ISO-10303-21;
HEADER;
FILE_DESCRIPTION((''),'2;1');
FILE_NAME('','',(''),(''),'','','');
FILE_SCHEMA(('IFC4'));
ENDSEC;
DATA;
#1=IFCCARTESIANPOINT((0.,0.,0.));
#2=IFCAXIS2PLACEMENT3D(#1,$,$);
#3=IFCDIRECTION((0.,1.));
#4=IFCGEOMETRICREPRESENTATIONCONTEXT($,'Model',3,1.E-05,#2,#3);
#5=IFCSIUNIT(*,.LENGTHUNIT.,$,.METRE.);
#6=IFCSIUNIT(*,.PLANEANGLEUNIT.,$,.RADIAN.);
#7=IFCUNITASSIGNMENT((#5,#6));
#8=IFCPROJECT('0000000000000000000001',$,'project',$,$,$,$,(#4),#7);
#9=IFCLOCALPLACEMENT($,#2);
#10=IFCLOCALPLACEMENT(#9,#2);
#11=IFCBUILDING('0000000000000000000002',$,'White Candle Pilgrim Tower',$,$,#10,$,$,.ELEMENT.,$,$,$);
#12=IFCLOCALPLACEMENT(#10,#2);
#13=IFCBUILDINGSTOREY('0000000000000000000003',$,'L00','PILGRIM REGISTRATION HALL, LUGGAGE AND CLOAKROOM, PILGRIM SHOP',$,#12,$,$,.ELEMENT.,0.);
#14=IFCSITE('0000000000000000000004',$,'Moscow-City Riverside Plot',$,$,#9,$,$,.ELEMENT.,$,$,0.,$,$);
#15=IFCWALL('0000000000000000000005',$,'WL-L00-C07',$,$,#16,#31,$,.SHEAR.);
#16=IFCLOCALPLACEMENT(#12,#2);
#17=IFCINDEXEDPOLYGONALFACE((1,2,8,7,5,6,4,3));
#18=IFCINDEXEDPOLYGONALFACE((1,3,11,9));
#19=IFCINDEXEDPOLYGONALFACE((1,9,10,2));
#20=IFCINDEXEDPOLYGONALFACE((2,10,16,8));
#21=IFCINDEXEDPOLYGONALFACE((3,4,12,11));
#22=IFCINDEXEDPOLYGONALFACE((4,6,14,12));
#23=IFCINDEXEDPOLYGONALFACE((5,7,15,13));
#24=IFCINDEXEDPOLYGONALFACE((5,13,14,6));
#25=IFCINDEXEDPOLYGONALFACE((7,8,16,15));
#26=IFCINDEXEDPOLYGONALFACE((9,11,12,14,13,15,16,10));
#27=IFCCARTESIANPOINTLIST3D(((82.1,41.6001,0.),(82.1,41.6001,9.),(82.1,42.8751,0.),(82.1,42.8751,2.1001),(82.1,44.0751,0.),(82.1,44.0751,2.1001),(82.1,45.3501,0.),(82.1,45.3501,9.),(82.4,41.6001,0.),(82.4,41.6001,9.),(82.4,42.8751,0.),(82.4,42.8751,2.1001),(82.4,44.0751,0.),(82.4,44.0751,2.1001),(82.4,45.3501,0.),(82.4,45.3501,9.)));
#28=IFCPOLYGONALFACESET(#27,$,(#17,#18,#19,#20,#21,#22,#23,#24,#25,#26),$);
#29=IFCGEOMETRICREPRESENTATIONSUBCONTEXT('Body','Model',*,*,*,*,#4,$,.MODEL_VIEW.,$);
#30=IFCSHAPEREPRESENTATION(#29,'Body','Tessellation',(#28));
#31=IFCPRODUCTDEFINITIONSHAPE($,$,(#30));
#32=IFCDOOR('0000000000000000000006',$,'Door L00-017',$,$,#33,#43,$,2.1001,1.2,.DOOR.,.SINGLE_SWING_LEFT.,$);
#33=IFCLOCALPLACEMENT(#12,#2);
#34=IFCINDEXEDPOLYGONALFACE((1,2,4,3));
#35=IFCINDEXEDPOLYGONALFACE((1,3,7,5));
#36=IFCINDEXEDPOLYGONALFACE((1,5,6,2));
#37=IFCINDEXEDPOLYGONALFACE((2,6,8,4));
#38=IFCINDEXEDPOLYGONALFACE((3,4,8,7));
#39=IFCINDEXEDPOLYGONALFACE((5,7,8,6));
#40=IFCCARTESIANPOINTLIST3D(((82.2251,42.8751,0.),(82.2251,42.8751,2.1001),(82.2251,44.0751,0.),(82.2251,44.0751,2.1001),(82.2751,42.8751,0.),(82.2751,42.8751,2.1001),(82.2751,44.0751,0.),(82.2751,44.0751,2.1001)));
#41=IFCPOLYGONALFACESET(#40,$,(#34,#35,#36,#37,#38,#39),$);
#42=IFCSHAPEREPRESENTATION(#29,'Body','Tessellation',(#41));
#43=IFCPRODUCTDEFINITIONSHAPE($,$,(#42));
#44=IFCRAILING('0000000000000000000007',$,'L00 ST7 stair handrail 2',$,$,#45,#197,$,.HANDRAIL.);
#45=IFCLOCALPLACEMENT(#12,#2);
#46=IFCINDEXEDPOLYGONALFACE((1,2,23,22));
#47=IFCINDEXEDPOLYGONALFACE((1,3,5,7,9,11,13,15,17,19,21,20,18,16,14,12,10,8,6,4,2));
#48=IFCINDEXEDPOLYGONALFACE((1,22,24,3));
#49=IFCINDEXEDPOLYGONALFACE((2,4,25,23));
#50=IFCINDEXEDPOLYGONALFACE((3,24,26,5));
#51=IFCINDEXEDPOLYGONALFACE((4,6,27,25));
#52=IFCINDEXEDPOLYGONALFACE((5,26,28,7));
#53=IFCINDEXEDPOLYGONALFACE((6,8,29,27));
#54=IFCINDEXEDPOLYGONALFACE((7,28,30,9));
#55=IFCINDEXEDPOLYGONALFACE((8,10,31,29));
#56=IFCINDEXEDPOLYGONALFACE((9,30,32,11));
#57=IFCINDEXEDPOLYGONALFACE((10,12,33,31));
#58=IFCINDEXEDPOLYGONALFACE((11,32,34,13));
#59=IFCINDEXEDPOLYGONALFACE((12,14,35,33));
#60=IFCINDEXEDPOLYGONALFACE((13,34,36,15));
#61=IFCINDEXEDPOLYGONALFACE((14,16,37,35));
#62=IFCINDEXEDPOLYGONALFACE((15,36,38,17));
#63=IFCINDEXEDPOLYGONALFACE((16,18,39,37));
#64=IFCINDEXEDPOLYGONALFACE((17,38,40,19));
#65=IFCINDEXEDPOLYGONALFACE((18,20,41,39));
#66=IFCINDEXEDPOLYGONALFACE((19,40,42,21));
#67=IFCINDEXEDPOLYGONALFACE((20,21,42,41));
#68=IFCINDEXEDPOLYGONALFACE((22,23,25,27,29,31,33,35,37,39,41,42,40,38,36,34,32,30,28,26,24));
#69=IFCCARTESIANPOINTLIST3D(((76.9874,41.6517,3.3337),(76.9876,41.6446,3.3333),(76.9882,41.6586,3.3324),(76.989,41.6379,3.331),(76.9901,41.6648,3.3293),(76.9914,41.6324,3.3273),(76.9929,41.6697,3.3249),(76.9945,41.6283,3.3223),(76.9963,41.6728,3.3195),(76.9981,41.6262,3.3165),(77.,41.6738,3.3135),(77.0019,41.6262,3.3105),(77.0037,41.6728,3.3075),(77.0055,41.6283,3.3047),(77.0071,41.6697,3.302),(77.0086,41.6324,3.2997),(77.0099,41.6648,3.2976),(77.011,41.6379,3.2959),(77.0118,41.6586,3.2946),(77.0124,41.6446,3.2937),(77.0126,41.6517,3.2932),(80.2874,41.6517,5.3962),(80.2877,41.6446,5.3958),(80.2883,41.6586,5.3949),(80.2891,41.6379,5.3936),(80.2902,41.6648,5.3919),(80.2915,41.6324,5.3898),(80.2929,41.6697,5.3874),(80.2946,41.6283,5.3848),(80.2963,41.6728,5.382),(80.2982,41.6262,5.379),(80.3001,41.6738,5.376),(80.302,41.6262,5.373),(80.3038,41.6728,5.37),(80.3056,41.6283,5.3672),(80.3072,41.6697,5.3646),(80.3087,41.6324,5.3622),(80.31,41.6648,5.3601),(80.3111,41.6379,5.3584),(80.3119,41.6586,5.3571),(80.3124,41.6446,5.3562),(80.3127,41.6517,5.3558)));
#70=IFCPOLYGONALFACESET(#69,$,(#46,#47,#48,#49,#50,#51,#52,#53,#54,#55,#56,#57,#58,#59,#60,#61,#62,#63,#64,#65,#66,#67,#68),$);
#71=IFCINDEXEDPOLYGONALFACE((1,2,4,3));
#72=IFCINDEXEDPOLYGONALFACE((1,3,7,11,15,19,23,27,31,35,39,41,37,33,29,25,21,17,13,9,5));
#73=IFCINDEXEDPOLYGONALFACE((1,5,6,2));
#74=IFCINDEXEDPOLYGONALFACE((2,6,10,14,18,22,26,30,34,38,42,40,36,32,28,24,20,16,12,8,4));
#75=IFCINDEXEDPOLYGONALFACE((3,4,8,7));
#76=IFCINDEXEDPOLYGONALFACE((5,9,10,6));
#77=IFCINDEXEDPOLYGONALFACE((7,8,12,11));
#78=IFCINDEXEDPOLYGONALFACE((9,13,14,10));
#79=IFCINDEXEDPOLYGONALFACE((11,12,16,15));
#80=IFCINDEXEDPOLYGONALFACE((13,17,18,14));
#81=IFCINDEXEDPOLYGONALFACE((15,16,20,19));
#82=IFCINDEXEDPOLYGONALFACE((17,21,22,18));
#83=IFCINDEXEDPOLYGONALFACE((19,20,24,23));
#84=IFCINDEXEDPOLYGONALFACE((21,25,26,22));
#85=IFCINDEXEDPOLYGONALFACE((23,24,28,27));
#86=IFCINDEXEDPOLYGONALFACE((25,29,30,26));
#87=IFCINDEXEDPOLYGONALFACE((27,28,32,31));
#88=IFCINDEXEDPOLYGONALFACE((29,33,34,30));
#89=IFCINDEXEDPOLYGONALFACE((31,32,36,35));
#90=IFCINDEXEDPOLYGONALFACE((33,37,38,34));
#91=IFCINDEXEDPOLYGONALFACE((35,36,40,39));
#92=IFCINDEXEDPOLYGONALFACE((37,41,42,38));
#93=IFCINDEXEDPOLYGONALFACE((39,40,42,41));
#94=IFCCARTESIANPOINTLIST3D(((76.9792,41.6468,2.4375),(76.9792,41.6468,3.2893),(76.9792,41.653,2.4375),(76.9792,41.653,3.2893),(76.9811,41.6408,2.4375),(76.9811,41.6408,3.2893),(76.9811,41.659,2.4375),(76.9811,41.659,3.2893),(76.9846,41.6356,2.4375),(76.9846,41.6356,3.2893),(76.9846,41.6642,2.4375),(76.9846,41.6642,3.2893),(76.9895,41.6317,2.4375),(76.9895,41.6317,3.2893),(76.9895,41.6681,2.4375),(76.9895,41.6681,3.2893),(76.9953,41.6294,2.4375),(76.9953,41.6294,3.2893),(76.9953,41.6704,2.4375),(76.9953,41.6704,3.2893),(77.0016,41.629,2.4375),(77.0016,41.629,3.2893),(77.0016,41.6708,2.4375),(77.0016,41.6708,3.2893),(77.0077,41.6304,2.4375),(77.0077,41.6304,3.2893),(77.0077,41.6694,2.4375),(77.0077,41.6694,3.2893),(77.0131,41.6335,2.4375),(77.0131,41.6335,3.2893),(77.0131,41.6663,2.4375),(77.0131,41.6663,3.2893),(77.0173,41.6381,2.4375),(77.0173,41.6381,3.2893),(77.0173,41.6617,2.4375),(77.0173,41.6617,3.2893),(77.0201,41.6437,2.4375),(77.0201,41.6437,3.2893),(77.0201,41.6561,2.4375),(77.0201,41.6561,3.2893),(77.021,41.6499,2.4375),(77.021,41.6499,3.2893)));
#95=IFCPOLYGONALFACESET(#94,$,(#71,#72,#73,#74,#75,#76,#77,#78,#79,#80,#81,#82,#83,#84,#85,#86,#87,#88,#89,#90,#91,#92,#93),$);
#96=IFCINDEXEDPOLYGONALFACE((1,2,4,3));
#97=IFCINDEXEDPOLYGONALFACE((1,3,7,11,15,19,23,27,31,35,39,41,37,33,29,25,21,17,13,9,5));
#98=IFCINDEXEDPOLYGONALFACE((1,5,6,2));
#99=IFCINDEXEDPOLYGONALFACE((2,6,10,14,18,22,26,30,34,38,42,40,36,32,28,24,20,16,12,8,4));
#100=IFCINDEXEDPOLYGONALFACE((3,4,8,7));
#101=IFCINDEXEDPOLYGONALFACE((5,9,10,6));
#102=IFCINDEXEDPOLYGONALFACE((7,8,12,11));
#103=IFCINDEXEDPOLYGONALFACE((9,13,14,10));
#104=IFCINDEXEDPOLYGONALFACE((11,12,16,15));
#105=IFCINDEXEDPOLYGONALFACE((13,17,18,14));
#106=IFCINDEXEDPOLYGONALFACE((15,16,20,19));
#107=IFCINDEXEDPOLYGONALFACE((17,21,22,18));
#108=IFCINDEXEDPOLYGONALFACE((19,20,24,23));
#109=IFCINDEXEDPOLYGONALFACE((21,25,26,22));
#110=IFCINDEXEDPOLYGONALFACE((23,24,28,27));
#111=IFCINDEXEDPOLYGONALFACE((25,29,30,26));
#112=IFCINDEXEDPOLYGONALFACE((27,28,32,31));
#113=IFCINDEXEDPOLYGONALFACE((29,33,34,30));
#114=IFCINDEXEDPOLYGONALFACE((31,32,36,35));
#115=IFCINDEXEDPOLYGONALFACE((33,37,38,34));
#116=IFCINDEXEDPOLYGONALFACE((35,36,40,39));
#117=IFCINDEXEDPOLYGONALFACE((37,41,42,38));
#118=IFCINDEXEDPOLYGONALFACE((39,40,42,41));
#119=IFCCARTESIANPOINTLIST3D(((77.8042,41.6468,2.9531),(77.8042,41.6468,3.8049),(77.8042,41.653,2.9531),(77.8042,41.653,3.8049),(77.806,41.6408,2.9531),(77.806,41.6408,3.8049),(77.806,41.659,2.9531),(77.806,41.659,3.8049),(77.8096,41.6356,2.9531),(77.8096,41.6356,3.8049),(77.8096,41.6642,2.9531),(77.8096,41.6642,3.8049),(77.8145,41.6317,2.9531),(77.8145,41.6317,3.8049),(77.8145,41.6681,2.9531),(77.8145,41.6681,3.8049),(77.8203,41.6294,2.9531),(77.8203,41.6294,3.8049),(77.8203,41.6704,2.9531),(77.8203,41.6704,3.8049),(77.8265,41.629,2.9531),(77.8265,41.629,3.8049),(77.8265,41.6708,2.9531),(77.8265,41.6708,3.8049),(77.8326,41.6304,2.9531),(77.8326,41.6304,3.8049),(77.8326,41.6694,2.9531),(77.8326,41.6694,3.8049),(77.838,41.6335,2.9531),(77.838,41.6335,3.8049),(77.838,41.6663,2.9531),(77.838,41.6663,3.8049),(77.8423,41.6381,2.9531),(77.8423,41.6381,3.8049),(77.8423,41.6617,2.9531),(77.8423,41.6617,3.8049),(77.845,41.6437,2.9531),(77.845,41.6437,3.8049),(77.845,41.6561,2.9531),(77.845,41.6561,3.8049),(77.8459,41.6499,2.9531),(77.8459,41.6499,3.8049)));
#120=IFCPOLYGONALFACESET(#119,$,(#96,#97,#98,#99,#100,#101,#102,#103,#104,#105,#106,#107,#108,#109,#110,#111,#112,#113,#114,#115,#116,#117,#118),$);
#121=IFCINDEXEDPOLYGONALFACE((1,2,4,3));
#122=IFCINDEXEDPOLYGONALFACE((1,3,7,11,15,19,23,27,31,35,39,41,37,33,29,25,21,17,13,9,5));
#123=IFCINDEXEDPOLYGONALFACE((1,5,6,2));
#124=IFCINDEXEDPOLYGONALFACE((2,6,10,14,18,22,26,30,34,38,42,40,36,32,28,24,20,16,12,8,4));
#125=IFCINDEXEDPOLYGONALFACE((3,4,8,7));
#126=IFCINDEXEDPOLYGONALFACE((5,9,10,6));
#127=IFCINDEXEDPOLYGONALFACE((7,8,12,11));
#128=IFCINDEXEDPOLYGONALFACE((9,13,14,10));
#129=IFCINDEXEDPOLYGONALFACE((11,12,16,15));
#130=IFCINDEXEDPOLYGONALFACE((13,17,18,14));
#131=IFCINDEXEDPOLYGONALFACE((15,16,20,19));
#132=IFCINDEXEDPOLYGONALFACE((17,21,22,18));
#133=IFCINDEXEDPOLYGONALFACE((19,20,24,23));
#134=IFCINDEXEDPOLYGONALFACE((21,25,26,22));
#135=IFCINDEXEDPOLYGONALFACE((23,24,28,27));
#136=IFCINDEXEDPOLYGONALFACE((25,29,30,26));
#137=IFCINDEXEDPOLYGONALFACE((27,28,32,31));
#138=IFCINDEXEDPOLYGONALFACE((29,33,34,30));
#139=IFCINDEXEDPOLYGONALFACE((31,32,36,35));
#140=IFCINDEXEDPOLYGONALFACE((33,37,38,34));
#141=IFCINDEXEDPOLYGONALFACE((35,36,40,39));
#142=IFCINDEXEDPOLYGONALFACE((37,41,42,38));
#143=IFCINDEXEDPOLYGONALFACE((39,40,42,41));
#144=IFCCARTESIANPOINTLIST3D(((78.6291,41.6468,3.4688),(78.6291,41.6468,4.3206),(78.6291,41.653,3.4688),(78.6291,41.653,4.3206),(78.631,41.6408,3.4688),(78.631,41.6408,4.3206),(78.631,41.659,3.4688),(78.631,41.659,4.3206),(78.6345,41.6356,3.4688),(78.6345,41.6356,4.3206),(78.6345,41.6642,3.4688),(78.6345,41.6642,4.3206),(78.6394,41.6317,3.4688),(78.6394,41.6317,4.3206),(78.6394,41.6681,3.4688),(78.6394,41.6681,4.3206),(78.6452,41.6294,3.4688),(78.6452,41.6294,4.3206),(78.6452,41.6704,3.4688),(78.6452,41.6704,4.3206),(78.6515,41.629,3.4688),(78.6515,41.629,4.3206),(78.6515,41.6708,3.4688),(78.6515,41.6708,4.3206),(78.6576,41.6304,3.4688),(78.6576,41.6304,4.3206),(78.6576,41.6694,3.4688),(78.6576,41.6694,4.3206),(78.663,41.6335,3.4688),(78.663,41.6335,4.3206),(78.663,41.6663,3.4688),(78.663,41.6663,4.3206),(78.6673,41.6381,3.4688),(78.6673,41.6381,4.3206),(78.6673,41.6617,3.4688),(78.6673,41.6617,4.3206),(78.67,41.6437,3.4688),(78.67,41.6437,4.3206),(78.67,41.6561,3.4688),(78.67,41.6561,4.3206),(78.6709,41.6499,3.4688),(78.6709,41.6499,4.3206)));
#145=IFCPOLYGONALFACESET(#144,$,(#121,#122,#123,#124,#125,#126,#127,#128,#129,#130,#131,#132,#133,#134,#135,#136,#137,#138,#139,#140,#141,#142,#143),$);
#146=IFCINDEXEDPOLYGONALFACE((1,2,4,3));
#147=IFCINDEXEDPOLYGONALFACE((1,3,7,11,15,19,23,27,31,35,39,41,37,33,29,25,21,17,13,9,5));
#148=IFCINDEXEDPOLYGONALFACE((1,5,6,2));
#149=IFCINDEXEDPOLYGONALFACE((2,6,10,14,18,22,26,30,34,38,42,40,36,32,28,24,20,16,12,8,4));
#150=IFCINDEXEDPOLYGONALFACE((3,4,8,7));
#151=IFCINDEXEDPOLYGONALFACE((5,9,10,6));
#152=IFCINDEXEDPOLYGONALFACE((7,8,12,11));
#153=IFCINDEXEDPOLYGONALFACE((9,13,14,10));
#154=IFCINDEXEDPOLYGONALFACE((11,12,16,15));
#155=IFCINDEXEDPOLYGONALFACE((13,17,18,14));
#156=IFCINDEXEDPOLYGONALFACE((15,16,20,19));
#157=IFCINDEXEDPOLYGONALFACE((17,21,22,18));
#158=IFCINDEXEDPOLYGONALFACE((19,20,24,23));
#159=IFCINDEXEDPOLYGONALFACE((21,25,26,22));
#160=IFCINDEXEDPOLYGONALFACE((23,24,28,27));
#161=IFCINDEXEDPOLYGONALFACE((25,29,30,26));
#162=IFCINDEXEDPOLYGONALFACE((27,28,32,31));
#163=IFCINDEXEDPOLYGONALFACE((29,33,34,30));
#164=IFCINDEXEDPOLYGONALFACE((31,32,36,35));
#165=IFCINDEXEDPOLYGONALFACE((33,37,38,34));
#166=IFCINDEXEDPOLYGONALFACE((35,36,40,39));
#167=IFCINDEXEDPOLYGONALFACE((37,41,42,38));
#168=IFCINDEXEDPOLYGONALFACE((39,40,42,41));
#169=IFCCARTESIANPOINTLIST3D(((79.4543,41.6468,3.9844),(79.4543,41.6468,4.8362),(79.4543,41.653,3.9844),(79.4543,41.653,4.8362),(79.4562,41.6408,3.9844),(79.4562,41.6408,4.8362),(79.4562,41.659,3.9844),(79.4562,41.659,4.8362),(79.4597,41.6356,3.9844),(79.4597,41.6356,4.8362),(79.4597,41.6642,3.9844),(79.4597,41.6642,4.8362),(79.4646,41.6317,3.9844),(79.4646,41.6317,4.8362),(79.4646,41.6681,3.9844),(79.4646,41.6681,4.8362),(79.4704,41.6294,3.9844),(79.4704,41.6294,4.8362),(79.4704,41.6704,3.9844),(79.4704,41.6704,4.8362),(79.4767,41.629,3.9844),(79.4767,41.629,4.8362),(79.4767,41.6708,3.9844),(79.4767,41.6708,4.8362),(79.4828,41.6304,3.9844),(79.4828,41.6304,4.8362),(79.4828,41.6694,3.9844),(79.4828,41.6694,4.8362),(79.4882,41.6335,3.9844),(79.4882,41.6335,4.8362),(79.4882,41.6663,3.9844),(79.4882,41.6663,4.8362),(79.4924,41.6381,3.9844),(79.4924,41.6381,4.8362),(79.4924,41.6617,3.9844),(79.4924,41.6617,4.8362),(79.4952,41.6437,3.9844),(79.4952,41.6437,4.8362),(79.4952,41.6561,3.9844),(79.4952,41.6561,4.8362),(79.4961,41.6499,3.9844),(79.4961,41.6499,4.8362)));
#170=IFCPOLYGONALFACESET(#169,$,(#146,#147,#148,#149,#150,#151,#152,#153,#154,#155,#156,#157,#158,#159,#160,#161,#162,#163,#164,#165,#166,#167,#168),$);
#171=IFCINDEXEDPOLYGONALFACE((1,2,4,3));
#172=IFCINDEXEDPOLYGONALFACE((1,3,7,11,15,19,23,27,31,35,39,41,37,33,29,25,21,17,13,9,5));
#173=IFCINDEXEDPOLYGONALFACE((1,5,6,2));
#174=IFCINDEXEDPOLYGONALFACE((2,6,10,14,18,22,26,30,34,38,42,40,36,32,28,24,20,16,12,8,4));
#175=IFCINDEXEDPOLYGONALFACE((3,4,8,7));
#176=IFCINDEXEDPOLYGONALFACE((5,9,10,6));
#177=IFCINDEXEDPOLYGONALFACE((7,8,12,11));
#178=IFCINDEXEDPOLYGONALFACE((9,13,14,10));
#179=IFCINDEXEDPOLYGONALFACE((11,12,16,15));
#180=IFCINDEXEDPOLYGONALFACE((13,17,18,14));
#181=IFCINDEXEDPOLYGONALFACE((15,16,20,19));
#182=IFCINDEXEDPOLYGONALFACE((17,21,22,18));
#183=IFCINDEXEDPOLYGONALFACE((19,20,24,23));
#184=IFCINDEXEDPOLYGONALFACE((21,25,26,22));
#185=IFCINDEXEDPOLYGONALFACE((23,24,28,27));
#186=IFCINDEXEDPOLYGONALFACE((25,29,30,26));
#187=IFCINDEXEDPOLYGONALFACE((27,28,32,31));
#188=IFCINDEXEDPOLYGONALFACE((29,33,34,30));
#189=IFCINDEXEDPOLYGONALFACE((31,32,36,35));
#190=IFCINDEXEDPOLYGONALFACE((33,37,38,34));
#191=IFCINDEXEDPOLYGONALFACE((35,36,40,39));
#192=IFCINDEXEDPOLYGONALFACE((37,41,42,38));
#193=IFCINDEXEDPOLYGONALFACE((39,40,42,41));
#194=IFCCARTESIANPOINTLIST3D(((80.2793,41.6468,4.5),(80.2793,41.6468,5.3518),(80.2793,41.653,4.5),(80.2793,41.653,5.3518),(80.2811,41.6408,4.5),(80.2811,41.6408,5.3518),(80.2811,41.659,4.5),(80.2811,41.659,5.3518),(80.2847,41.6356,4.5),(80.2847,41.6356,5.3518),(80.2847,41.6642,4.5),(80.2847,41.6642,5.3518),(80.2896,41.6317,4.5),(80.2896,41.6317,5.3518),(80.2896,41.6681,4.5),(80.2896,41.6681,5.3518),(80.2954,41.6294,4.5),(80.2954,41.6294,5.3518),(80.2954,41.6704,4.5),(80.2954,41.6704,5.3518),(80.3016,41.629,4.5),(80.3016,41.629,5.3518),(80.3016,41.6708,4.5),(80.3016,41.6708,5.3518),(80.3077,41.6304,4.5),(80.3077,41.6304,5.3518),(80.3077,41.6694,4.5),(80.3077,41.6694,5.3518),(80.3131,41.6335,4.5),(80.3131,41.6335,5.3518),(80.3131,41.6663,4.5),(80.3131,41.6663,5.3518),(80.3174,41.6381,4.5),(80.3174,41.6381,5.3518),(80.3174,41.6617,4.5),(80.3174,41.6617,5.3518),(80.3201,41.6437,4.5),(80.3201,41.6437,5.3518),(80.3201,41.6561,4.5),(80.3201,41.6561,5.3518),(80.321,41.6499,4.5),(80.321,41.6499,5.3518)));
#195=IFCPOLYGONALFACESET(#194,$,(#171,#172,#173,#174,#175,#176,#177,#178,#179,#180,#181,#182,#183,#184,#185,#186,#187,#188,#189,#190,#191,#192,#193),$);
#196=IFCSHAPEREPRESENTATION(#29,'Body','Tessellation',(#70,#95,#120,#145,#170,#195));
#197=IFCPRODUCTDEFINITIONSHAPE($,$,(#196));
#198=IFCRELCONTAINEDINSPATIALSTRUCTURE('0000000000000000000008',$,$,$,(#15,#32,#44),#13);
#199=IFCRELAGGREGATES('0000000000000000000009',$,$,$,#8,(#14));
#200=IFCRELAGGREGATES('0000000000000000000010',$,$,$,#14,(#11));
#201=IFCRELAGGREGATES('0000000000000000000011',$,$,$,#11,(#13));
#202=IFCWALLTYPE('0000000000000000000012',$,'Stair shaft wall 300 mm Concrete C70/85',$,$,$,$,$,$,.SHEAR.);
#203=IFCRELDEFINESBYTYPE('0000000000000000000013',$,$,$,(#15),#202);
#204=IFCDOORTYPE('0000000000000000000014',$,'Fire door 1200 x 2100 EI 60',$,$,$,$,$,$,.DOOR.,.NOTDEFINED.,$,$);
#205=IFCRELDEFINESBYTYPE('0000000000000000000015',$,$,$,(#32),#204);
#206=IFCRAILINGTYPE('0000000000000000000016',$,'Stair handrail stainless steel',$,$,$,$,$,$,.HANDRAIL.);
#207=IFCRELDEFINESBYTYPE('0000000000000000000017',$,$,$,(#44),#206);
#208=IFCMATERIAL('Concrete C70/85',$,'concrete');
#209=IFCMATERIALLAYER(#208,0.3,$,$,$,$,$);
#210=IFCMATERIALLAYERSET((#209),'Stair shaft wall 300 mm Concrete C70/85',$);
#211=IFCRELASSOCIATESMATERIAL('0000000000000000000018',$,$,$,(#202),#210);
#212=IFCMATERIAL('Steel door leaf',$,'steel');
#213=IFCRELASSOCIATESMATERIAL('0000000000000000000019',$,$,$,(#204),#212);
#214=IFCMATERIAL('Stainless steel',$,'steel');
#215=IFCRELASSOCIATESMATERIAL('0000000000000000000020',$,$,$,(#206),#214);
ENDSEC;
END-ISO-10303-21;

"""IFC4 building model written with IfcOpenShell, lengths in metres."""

from ifc_helpers import new_model, si_unit, direction, frame, frame_2d, origin, origin_2d, place, context, subcontext, project, spatial, rectangle, circle, extrude, material, layer, layer_set, type_object, element, fill, save


model = new_model("IFC4")

# Units and contexts
model_context = context("Model", 3, precision=1e-05, world=origin(), true_north=direction((0.0, 1.0)))
body_context = subcontext(model_context, "Body", "Model", "MODEL_VIEW")
ifc_project = project(units=[si_unit("LENGTHUNIT", "METRE"), si_unit("PLANEANGLEUNIT", "RADIAN")], contexts=[model_context])

# Site, building, storey
site_placement = place(None, origin())
site = spatial("IfcSite", under=ifc_project, at=site_placement, Name="Moscow-City Riverside Plot", CompositionType="ELEMENT", RefElevation=0.0)
building_placement = place(site_placement, origin())
building = spatial("IfcBuilding", under=site, at=building_placement, Name="White Candle Pilgrim Tower", CompositionType="ELEMENT")
storey_placement = place(building_placement, origin())
storey = spatial("IfcBuildingStorey", under=building, at=storey_placement, Name="L00", Description="PILGRIM REGISTRATION HALL, LUGGAGE AND CLOAKROOM, PILGRIM SHOP", CompositionType="ELEMENT", Elevation=0.0)

# Shared definitions
ifc_material_1 = material(Name="Concrete C70/85", Category="concrete")
ifc_material_2 = material(Name="Steel door leaf", Category="steel")

# Shared definitions
ifc_layer_1 = layer(ifc_material_1, 0.3)
ifc_layer_set_1 = layer_set([ifc_layer_1], Name="Stair shaft wall 300 mm Concrete C70/85")
wall_type_1 = type_object("IfcWallType", Name="Stair shaft wall 300 mm Concrete C70/85", PredefinedType="SHEAR", material=ifc_layer_set_1)

# Wall, opening, door
wall_1_placement = place(storey_placement, frame((82.25, 41.6001, 0.0), z_axis=(0.0, 0.0, 1.0), x_axis=(0.0, 1.0, 0.0)))
wall_1 = element("IfcWall", 1, at=wall_1_placement, inside=storey, type_object=wall_type_1, Name="WL-L00-C07", PredefinedType="SHEAR", context=body_context, shape_type="SweptSolid", body=[
    extrude(rectangle(XDim=3.75, YDim=0.3, at=frame_2d((1.875, 0.0))), origin(), (0.0, 0.0, 1.0), 9.0),
])
opening_1_placement = place(wall_1_placement, frame((1.2749, 0.0, 0.0)))
opening_1 = element("IfcOpeningElement", 2, at=opening_1_placement, cuts=wall_1, PredefinedType="OPENING", context=body_context, shape_type="SweptSolid", body=[
    extrude(rectangle(XDim=1.2, YDim=2.1001, at=frame_2d((0.6001, 1.05))), frame((0.0, 0.1599, 0.0), z_axis=(0.0, -1.0, 0.0), x_axis=(1.0, 0.0, 0.0)), (0.0, 0.0, 1.0), 0.3201),
])
door_type_1 = type_object("IfcDoorType", Name="Fire door 1200 x 2100 EI 60", OperationType="NOTDEFINED", PredefinedType="DOOR", material=ifc_material_2)
door_1_placement = place(opening_1_placement, origin())
door_1 = element("IfcDoor", 3, at=door_1_placement, inside=storey, type_object=door_type_1, Name="Door L00-017", OperationType="SINGLE_SWING_LEFT", OverallHeight=2.1001, OverallWidth=1.2, PredefinedType="DOOR", context=body_context, shape_type="SweptSolid", body=[
    extrude(rectangle(XDim=1.2, YDim=2.1001, at=frame_2d((0.6001, 1.05))), frame((0.0, 0.0249, 0.0), z_axis=(0.0, -1.0, 0.0), x_axis=(1.0, 0.0, 0.0)), (0.0, 0.0, 1.0), 0.05),
])
fill(opening_1, door_1)

# Railing
ifc_material_3 = material(Name="Stainless steel", Category="steel")
railing_type = type_object("IfcRailingType", Name="Stair handrail stainless steel", PredefinedType="HANDRAIL", material=ifc_material_3)
for number, where, name in (
    (4, (77.0, 41.6499, 2.4375), "L00 ST7 stair handrail 2"),
):
    element("IfcRailing", number, at=place(storey_placement, frame(where)), inside=storey, type_object=railing_type, Name=name, PredefinedType="HANDRAIL", context=body_context, shape_type="SweptSolid", body=[
        extrude(circle(Radius=0.0239, at=origin_2d()), frame((0.0, 0.0, 0.876), z_axis=(0.848002, 0.0, 0.529993), x_axis=(0.0, 1.0, 0.0)), (0.0, 0.0, 1.0), 3.8916),
        extrude(circle(Radius=0.021, at=origin_2d()), origin(), (0.0, 0.0, 1.0), 0.8518),
        extrude(circle(Radius=0.021, at=origin_2d()), frame((0.825, 0.0, 0.5156)), (0.0, 0.0, 1.0), 0.8518),
        extrude(circle(Radius=0.021, at=origin_2d()), frame((1.6499, 0.0, 1.0312)), (0.0, 0.0, 1.0), 0.8518),
        extrude(circle(Radius=0.021, at=origin_2d()), frame((2.4751, 0.0, 1.5469)), (0.0, 0.0, 1.0), 0.8518),
        extrude(circle(Radius=0.021, at=origin_2d()), frame((3.3, 0.0, 2.0625)), (0.0, 0.0, 1.0), 0.8518),
    ])

save(model, "model.ifc")
